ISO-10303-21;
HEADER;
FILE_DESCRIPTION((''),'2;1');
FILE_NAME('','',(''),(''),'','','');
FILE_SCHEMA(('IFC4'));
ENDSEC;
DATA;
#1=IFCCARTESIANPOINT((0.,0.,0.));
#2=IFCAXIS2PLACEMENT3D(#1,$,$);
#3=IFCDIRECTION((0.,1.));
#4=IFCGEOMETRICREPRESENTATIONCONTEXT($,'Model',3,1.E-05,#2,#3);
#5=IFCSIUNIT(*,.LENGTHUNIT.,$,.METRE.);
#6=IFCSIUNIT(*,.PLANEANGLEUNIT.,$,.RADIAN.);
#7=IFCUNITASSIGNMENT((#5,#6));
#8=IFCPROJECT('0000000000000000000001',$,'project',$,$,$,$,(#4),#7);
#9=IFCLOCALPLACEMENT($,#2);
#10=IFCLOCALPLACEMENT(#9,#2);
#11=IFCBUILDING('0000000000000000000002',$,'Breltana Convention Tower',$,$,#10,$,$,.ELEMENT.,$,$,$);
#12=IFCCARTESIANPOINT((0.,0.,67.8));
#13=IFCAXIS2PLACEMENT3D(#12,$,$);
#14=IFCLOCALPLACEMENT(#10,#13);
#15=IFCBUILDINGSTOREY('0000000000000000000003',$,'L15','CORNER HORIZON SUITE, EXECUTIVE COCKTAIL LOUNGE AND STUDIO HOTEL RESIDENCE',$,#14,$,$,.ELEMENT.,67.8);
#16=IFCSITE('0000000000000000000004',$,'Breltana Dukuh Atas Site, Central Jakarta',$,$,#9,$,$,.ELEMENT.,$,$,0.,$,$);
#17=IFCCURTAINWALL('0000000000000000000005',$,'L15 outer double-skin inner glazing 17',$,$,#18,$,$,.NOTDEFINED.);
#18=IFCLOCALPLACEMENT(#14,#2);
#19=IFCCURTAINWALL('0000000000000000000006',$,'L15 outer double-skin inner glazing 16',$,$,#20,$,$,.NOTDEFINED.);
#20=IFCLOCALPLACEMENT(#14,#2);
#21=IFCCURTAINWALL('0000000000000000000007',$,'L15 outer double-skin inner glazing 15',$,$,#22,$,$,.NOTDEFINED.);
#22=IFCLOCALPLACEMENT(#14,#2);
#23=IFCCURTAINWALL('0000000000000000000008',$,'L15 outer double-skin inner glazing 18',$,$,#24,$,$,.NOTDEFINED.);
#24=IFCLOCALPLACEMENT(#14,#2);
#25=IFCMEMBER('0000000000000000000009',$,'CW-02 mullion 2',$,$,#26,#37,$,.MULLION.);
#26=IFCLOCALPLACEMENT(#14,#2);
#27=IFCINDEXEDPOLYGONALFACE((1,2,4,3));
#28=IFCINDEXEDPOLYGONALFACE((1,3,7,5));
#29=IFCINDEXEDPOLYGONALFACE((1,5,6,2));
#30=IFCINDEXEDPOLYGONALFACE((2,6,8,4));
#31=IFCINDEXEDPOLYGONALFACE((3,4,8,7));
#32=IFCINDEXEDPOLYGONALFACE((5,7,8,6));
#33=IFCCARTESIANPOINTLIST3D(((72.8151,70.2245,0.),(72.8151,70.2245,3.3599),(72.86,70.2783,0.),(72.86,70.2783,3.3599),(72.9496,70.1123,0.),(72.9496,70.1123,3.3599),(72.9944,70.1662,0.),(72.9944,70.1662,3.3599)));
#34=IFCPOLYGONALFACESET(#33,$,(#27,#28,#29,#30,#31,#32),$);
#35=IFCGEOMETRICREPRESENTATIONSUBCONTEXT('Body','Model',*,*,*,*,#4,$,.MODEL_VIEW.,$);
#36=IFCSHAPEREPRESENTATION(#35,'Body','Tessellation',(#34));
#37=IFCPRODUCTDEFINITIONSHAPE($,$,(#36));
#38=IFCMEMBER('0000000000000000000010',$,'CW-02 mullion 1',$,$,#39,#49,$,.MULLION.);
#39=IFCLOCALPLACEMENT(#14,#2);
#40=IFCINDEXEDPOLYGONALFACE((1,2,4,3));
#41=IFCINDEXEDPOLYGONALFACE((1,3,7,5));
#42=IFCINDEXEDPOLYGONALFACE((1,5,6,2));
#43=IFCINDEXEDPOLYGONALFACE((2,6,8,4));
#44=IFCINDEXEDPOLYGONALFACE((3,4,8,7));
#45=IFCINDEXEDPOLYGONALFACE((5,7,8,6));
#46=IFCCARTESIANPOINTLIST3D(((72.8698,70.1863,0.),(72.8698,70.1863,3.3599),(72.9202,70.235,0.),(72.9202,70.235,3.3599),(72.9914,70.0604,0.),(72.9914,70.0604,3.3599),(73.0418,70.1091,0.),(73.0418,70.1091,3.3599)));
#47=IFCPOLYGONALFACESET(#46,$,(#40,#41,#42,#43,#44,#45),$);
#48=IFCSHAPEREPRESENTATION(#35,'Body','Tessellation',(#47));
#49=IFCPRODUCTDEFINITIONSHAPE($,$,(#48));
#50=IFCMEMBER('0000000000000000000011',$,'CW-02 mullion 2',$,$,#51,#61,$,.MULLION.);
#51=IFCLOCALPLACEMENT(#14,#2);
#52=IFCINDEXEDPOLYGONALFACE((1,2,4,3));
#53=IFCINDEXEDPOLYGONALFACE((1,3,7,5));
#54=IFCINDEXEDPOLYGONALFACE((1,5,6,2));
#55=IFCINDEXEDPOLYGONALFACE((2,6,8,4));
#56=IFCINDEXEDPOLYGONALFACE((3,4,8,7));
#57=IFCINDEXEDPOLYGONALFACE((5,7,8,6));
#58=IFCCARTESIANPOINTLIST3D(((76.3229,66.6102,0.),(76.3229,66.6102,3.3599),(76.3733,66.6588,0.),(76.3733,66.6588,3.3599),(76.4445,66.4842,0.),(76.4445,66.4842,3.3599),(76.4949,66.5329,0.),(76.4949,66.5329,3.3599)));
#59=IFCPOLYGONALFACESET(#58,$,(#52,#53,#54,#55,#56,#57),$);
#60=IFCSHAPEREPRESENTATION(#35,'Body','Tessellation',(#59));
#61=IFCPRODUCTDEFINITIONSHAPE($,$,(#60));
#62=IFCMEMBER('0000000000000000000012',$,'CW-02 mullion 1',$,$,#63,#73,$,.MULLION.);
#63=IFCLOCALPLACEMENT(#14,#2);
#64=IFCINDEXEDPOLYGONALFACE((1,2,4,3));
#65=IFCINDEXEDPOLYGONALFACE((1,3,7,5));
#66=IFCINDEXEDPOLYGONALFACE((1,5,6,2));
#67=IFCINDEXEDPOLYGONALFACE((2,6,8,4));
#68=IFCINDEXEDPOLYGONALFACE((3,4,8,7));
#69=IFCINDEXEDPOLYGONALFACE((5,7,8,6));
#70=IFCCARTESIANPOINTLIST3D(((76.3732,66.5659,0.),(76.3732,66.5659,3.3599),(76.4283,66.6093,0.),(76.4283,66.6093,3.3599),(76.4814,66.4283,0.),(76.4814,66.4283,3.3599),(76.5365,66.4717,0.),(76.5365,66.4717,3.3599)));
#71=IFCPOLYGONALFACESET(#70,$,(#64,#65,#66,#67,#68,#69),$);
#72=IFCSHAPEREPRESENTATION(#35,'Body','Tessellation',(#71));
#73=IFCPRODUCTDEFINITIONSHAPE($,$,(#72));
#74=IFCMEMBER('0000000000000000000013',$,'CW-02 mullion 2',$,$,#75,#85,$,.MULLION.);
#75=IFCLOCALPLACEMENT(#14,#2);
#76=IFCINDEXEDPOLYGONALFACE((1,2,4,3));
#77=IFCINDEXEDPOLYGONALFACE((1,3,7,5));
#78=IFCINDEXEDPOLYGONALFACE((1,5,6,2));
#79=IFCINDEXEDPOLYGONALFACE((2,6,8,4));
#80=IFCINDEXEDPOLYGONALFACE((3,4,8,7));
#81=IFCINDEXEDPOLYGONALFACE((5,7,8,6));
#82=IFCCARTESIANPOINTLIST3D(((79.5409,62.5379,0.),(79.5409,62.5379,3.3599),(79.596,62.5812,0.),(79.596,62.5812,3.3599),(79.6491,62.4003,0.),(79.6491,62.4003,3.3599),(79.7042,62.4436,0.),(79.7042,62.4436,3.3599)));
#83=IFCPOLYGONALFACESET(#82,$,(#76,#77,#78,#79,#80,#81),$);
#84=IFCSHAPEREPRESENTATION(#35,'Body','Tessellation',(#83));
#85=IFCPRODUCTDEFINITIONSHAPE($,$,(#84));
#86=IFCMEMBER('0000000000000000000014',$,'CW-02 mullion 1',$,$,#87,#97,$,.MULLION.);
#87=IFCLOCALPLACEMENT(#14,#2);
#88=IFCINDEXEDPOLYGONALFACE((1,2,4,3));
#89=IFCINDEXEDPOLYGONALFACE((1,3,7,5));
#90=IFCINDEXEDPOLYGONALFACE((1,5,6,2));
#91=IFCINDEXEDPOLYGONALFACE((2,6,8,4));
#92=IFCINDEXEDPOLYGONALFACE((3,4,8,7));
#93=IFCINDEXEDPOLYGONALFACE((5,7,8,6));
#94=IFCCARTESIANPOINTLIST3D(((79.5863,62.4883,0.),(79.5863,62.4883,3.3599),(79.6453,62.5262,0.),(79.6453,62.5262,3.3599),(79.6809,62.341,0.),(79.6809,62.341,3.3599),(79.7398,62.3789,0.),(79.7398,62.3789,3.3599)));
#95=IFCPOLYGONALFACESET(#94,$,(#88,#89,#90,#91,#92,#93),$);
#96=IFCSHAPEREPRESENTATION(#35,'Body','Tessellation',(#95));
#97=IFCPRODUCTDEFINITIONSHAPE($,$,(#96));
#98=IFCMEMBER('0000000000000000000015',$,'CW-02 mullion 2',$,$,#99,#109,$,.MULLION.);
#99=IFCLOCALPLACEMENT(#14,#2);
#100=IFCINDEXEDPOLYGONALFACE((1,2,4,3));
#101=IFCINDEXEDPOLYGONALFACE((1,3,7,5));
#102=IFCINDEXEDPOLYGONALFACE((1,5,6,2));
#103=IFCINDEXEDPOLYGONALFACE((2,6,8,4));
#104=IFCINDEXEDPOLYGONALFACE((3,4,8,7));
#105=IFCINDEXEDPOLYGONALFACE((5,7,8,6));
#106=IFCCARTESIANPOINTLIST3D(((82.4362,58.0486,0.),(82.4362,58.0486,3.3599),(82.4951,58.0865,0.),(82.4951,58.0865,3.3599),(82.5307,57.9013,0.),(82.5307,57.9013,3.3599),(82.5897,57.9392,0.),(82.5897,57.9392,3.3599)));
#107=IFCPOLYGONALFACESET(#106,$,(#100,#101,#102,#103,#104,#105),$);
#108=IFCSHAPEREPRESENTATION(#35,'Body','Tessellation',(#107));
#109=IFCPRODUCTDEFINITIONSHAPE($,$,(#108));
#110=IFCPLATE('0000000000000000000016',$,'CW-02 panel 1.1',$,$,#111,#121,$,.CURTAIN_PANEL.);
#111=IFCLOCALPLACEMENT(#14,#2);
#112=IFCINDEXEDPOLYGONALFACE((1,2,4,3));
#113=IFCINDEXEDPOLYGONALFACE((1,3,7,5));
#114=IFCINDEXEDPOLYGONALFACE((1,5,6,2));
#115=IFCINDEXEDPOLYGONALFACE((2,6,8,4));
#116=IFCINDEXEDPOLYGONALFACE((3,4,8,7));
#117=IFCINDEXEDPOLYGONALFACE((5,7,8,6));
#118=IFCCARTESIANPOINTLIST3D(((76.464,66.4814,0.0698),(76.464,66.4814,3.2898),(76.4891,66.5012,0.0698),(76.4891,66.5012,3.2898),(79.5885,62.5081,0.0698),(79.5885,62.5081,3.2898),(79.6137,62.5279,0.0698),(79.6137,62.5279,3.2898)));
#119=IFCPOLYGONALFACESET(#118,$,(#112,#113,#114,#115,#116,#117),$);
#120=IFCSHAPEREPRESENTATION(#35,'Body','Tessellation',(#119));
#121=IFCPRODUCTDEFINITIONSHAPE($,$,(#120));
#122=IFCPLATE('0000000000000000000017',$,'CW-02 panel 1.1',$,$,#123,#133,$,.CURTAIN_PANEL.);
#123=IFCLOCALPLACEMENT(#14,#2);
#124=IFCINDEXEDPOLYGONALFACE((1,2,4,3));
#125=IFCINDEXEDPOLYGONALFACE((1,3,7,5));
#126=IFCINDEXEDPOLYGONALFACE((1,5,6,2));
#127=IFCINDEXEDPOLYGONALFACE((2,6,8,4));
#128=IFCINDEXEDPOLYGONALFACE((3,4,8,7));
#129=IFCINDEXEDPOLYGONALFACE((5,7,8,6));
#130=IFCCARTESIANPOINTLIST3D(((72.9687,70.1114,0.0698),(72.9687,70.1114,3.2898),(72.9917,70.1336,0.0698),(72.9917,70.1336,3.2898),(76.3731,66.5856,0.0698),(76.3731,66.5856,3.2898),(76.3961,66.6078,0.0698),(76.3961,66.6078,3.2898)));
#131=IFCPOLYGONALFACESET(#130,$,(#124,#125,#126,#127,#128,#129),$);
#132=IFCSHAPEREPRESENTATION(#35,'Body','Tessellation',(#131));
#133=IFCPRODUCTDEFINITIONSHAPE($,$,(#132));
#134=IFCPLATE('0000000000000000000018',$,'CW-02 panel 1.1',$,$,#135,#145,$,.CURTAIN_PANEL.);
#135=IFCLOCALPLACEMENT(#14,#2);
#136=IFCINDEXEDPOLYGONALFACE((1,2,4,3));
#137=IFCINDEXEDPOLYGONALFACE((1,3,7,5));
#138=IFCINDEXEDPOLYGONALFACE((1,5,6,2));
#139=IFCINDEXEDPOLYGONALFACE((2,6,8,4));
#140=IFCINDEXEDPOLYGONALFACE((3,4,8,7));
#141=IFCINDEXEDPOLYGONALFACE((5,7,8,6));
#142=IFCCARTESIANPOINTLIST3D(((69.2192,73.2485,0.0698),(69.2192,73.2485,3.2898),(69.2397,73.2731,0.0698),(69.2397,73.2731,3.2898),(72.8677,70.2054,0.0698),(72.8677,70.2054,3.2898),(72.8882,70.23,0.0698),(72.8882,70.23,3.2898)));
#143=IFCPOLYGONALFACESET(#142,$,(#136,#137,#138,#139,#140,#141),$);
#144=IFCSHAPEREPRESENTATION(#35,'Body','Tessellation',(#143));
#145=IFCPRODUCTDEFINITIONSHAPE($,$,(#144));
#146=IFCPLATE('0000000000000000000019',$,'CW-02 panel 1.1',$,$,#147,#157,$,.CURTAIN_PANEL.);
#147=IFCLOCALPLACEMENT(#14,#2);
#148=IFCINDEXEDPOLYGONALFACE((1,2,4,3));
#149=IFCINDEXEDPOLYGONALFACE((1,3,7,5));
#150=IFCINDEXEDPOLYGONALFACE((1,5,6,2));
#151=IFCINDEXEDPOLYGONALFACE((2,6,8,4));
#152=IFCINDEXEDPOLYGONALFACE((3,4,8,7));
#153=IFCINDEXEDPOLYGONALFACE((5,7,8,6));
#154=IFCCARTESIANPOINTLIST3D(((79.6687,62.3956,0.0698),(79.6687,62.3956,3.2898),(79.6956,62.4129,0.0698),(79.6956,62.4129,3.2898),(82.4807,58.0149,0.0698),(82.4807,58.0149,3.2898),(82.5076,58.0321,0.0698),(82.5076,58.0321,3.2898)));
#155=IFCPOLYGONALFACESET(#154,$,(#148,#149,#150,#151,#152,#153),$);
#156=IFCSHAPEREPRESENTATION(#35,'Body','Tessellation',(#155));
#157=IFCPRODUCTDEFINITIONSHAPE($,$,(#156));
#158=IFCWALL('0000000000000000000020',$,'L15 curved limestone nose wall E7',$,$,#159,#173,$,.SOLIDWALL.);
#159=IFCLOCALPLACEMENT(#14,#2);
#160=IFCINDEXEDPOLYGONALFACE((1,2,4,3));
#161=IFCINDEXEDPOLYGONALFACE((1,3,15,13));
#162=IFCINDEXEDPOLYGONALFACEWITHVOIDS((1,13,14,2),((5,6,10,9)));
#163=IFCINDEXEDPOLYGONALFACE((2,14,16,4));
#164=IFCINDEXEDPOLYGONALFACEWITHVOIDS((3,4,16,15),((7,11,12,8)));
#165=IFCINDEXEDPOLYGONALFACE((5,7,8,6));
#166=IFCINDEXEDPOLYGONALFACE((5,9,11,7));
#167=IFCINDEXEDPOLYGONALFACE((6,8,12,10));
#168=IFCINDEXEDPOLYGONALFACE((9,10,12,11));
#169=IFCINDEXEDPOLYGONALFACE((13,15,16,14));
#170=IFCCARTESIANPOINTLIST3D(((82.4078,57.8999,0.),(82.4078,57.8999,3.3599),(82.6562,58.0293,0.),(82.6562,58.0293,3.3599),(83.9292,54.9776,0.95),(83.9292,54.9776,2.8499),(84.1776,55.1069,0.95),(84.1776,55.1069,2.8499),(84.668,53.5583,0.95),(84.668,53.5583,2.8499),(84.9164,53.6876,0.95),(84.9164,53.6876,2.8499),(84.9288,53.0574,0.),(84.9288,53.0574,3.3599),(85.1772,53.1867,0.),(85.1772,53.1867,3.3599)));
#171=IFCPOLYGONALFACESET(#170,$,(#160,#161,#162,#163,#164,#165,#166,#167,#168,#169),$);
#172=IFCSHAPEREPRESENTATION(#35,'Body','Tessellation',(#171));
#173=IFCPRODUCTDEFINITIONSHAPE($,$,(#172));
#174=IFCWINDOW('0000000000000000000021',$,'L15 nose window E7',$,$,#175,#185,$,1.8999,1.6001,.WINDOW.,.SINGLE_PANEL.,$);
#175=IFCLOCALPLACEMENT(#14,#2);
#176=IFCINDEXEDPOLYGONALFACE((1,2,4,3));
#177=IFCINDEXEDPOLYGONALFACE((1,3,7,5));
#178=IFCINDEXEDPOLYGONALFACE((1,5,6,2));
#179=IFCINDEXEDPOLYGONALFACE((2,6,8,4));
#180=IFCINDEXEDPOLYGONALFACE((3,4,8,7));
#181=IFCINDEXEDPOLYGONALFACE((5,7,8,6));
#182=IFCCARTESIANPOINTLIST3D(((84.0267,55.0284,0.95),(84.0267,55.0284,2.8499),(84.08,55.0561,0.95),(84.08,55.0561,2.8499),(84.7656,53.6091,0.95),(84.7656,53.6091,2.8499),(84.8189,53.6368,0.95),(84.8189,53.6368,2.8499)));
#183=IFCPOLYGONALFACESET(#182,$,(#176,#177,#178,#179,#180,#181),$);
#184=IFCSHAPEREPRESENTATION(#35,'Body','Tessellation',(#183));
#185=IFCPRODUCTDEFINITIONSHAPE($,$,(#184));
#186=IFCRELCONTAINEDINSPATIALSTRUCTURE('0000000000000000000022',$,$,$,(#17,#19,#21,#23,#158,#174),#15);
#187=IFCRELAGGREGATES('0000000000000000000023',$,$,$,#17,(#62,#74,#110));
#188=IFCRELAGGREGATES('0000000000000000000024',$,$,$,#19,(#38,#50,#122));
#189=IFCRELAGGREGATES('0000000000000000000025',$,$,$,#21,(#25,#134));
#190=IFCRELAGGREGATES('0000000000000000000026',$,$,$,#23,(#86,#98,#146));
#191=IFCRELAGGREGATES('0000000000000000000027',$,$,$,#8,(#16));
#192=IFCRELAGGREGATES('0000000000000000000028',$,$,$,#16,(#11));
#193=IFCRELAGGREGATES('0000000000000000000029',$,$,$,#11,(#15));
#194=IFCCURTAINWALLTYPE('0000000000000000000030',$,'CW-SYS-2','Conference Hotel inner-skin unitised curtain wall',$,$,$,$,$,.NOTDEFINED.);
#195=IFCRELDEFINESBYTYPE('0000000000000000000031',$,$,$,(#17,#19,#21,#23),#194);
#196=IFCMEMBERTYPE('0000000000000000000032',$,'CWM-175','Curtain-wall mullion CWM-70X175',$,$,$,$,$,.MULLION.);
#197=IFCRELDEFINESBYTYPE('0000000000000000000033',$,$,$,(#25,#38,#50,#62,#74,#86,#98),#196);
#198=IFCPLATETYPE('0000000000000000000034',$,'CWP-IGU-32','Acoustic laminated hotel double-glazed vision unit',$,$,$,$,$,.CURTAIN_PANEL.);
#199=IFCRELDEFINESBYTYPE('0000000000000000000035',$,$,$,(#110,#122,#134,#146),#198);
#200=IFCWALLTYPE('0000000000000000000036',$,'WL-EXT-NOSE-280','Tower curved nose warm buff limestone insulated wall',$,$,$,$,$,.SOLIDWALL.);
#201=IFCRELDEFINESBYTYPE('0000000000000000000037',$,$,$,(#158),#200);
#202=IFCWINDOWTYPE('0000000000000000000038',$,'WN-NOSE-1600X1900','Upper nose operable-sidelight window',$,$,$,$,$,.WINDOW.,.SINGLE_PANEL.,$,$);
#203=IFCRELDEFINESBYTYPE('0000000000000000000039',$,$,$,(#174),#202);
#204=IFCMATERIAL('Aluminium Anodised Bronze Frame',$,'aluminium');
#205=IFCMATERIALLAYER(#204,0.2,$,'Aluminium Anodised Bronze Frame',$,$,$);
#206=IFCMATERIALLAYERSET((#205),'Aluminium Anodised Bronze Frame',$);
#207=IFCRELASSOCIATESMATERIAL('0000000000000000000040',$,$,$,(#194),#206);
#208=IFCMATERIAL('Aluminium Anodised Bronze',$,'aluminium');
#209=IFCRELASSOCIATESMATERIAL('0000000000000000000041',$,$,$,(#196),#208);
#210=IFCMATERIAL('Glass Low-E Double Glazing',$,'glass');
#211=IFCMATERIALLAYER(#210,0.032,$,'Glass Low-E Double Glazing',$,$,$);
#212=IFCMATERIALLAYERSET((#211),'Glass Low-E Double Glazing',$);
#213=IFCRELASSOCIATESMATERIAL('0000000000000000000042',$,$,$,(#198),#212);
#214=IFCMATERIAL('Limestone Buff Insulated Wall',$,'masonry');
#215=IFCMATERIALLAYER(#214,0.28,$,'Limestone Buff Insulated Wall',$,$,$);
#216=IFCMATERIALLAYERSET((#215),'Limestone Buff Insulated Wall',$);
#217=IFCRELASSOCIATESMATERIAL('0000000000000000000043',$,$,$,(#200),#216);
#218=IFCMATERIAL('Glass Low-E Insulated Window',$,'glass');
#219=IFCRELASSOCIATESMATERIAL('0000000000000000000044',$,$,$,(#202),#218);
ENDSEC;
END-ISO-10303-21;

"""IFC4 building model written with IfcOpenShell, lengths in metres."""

from ifc_helpers import new_model, si_unit, direction, frame, frame_2d, origin, origin_2d, place, context, subcontext, project, spatial, rectangle, extrude, source, transform, mapped, material, layer, layer_set, material_profile, profile_set, type_object, type_shapes, element, fill, aggregate, save


model = new_model("IFC4")

# Units and contexts
model_context = context("Model", 3, precision=1e-05, world=origin(), true_north=direction((0.0, 1.0)))
body_context = subcontext(model_context, "Body", "Model", "MODEL_VIEW")
ifc_project = project(units=[si_unit("LENGTHUNIT", "METRE"), si_unit("PLANEANGLEUNIT", "RADIAN")], contexts=[model_context])

# Site, building, storey
site_placement = place(None, origin())
site = spatial("IfcSite", under=ifc_project, at=site_placement, Name="Breltana Dukuh Atas Site, Central Jakarta", CompositionType="ELEMENT", RefElevation=0.0)
building_placement = place(site_placement, origin())
building = spatial("IfcBuilding", under=site, at=building_placement, Name="Breltana Convention Tower", CompositionType="ELEMENT")
storey_placement = place(building_placement, frame((0.0, 0.0, 67.8)))
storey = spatial("IfcBuildingStorey", under=building, at=storey_placement, Name="L15", Description="CORNER HORIZON SUITE, EXECUTIVE COCKTAIL LOUNGE AND STUDIO HOTEL RESIDENCE", CompositionType="ELEMENT", Elevation=67.8)

# Curtain walls
ifc_material_1 = material(Name="Aluminium Anodised Bronze Frame", Category="aluminium")
ifc_layer_1 = layer(ifc_material_1, 0.2, Name="Aluminium Anodised Bronze Frame")
ifc_layer_set_1 = layer_set([ifc_layer_1], Name="Aluminium Anodised Bronze Frame")
curtain_wall_type = type_object("IfcCurtainWallType", Name="CW-SYS-2", Description="Conference Hotel inner-skin unitised curtain wall", PredefinedType="NOTDEFINED", material=ifc_layer_set_1)
curtain_wall_1_placement = place(storey_placement, origin())
curtain_wall_1 = element("IfcCurtainWall", 1, at=curtain_wall_1_placement, inside=storey, type_object=curtain_wall_type, Name="L15 outer double-skin inner glazing 17", PredefinedType="NOTDEFINED")
ifc_material_2 = material(Name="Aluminium Anodised Bronze", Category="aluminium")
curtain_wall_2_placement = place(storey_placement, origin())
curtain_wall_2 = element("IfcCurtainWall", 2, at=curtain_wall_2_placement, inside=storey, type_object=curtain_wall_type, Name="L15 outer double-skin inner glazing 16", PredefinedType="NOTDEFINED")
curtain_wall_3_placement = place(storey_placement, origin())
curtain_wall_3 = element("IfcCurtainWall", 3, at=curtain_wall_3_placement, inside=storey, type_object=curtain_wall_type, Name="L15 outer double-skin inner glazing 15", PredefinedType="NOTDEFINED")
curtain_wall_4_placement = place(storey_placement, origin())
curtain_wall_4 = element("IfcCurtainWall", 4, at=curtain_wall_4_placement, inside=storey, type_object=curtain_wall_type, Name="L15 outer double-skin inner glazing 18", PredefinedType="NOTDEFINED")

# Members
ifc_material_profile_1 = material_profile(ifc_material_2, rectangle(XDim=0.0701, YDim=0.175, at=origin_2d()), Name="CWM-70X175")
ifc_profile_set_1 = profile_set([ifc_material_profile_1], Name="Aluminium Anodised Bronze")
member_type_1 = type_object("IfcMemberType", Name="CWM-175", Description="Curtain-wall mullion CWM-70X175", PredefinedType="MULLION", material=ifc_profile_set_1)
shared_shape_1 = source(origin(), body_context, "Body", "SweptSolid", [
    extrude(rectangle(XDim=0.0701, YDim=0.175, at=origin_2d()), origin(), (0.0, 0.0, 1.0), 3.3599),
])
member_1_placement = place(storey_placement, frame((72.9048, 70.1953, 0.0), z_axis=(0.0, 0.0, 1.0), x_axis=(0.64052, 0.767941, 0.0)))
member_1 = element("IfcMember", 5, at=member_1_placement, type_object=member_type_1, Name="CW-02 mullion 2", PredefinedType="MULLION", context=body_context, shape_type="MappedRepresentation", body=[
    mapped(shared_shape_1, transform((0.0, 0.0, 0.0), scale=1.0)),
])
member_2_placement = place(storey_placement, frame((72.9558, 70.1477, 0.0), z_axis=(0.0, 0.0, 1.0), x_axis=(0.719386, 0.69461, 0.0)))
member_2 = element("IfcMember", 6, at=member_2_placement, type_object=member_type_1, Name="CW-02 mullion 1", PredefinedType="MULLION", context=body_context, shape_type="MappedRepresentation", body=[
    mapped(shared_shape_1, transform((0.0, 0.0, 0.0), scale=1.0)),
])
member_3_placement = place(storey_placement, frame((76.4089, 66.5715, 0.0), z_axis=(0.0, 0.0, 1.0), x_axis=(0.719386, 0.69461, 0.0)))
member_3 = element("IfcMember", 7, at=member_3_placement, type_object=member_type_1, Name="CW-02 mullion 2", PredefinedType="MULLION", context=body_context, shape_type="MappedRepresentation", body=[
    mapped(shared_shape_1, transform((0.0, 0.0, 0.0), scale=1.0)),
])
member_4_placement = place(storey_placement, frame((76.4548, 66.5188, 0.0), z_axis=(0.0, 0.0, 1.0), x_axis=(0.786057, 0.618154, 0.0)))
member_4 = element("IfcMember", 8, at=member_4_placement, type_object=member_type_1, Name="CW-02 mullion 1", PredefinedType="MULLION", context=body_context, shape_type="MappedRepresentation", body=[
    mapped(shared_shape_1, transform((0.0, 0.0, 0.0), scale=1.0)),
])
member_5_placement = place(storey_placement, frame((79.6226, 62.4907, 0.0), z_axis=(0.0, 0.0, 1.0), x_axis=(0.786057, 0.618154, 0.0)))
member_5 = element("IfcMember", 9, at=member_5_placement, type_object=member_type_1, Name="CW-02 mullion 2", PredefinedType="MULLION", context=body_context, shape_type="MappedRepresentation", body=[
    mapped(shared_shape_1, transform((0.0, 0.0, 0.0), scale=1.0)),
])
member_6_placement = place(storey_placement, frame((79.6631, 62.4336, 0.0), z_axis=(0.0, 0.0, 1.0), x_axis=(0.841549, 0.540181, 0.0)))
member_6 = element("IfcMember", 10, at=member_6_placement, type_object=member_type_1, Name="CW-02 mullion 1", PredefinedType="MULLION", context=body_context, shape_type="MappedRepresentation", body=[
    mapped(shared_shape_1, transform((0.0, 0.0, 0.0), scale=1.0)),
])
member_7_placement = place(storey_placement, frame((82.5129, 57.9939, 0.0), z_axis=(0.0, 0.0, 1.0), x_axis=(0.841549, 0.540181, 0.0)))
member_7 = element("IfcMember", 11, at=member_7_placement, type_object=member_type_1, Name="CW-02 mullion 2", PredefinedType="MULLION", context=body_context, shape_type="MappedRepresentation", body=[
    mapped(shared_shape_1, transform((0.0, 0.0, 0.0), scale=1.0)),
])

# Plates
ifc_material_3 = material(Name="Glass Low-E Double Glazing", Category="glass")
ifc_layer_2 = layer(ifc_material_3, 0.032, Name="Glass Low-E Double Glazing")
ifc_layer_set_2 = layer_set([ifc_layer_2], Name="Glass Low-E Double Glazing")
plate_type = type_object("IfcPlateType", Name="CWP-IGU-32", Description="Acoustic laminated hotel double-glazed vision unit", PredefinedType="CURTAIN_PANEL", material=ifc_layer_set_2)
shared_shape_2 = source(origin(), body_context, "Body", "SweptSolid", [
    extrude(rectangle(XDim=5.0547, YDim=0.032, at=origin_2d()), origin(), (0.0, 0.0, 1.0), 3.22),
])
plate_1_placement = place(storey_placement, frame((78.0388, 64.5046, 0.0698), z_axis=(0.0, 0.0, 1.0), x_axis=(0.618154, -0.786057, 0.0)))
plate_1 = element("IfcPlate", 12, at=plate_1_placement, type_object=plate_type, Name="CW-02 panel 1.1", PredefinedType="CURTAIN_PANEL", context=body_context, shape_type="MappedRepresentation", body=[
    mapped(shared_shape_2, transform((0.0, 0.0, 0.0), scale=1.0)),
])
aggregate(curtain_wall_1, [member_4, member_5, plate_1])
shared_shape_3 = source(origin(), body_context, "Body", "SweptSolid", [
    extrude(rectangle(XDim=4.9011, YDim=0.032, at=origin_2d()), origin(), (0.0, 0.0, 1.0), 3.22),
])
plate_2_placement = place(storey_placement, frame((74.6824, 68.3596, 0.0698), z_axis=(0.0, 0.0, 1.0), x_axis=(0.69461, -0.719386, 0.0)))
plate_2 = element("IfcPlate", 13, at=plate_2_placement, type_object=plate_type, Name="CW-02 panel 1.1", PredefinedType="CURTAIN_PANEL", context=body_context, shape_type="MappedRepresentation", body=[
    mapped(shared_shape_3, transform((0.0, 0.0, 0.0), scale=1.0)),
])
aggregate(curtain_wall_2, [member_2, member_3, plate_2])
shared_shape_4 = source(origin(), body_context, "Body", "SweptSolid", [
    extrude(rectangle(XDim=4.751, YDim=0.032, at=origin_2d()), origin(), (0.0, 0.0, 1.0), 3.22),
])
plate_3_placement = place(storey_placement, frame((71.0537, 71.7393, 0.0698), z_axis=(0.0, 0.0, 1.0), x_axis=(0.767941, -0.64052, 0.0)))
plate_3 = element("IfcPlate", 14, at=plate_3_placement, type_object=plate_type, Name="CW-02 panel 1.1", PredefinedType="CURTAIN_PANEL", context=body_context, shape_type="MappedRepresentation", body=[
    mapped(shared_shape_4, transform((0.0, 0.0, 0.0), scale=1.0)),
])
aggregate(curtain_wall_3, [member_1, plate_3])
shared_shape_5 = source(origin(), body_context, "Body", "SweptSolid", [
    extrude(rectangle(XDim=5.2056, YDim=0.032, at=origin_2d()), origin(), (0.0, 0.0, 1.0), 3.22),
])
plate_4_placement = place(storey_placement, frame((81.0881, 60.2139, 0.0698), z_axis=(0.0, 0.0, 1.0), x_axis=(0.540181, -0.841549, 0.0)))
plate_4 = element("IfcPlate", 15, at=plate_4_placement, type_object=plate_type, Name="CW-02 panel 1.1", PredefinedType="CURTAIN_PANEL", context=body_context, shape_type="MappedRepresentation", body=[
    mapped(shared_shape_5, transform((0.0, 0.0, 0.0), scale=1.0)),
])
aggregate(curtain_wall_4, [member_6, member_7, plate_4])

# Wall, opening, window
ifc_material_4 = material(Name="Limestone Buff Insulated Wall", Category="masonry")
ifc_layer_3 = layer(ifc_material_4, 0.28, Name="Limestone Buff Insulated Wall")
ifc_layer_set_3 = layer_set([ifc_layer_3], Name="Limestone Buff Insulated Wall")
wall_type = type_object("IfcWallType", Name="WL-EXT-NOSE-280", Description="Tower curved nose warm buff limestone insulated wall", PredefinedType="SOLIDWALL", material=ifc_layer_set_3)
shared_shape_6 = source(origin(), body_context, "Body", "SweptSolid", [
    extrude(rectangle(XDim=5.4595, YDim=0.28, at=frame_2d((2.7297, 0.0))), origin(), (0.0, 0.0, 1.0), 3.3599),
])
wall_placement = place(storey_placement, frame((82.532, 57.9646, 0.0), z_axis=(0.0, 0.0, 1.0), x_axis=(0.461768, -0.887001, 0.0)))
wall = element("IfcWall", 16, at=wall_placement, inside=storey, type_object=wall_type, Name="L15 curved limestone nose wall E7", PredefinedType="SOLIDWALL", context=body_context, shape_type="MappedRepresentation", body=[
    mapped(shared_shape_6, transform((0.0, 0.0, 0.0), scale=1.0)),
])
opening_placement = place(wall_placement, frame((3.2947, 0.0, 0.95)))
opening = element("IfcOpeningElement", 17, at=opening_placement, cuts=wall, PredefinedType="OPENING", context=body_context, shape_type="SweptSolid", body=[
    extrude(rectangle(XDim=1.6001, YDim=1.8999, at=frame_2d((0.8, 0.95))), frame((0.0, 0.1499, 0.0), z_axis=(0.0, -1.0, 0.0), x_axis=(1.0, 0.0, 0.0)), (0.0, 0.0, 1.0), 0.3),
])
ifc_material_5 = material(Name="Glass Low-E Insulated Window", Category="glass")
window_type = type_object("IfcWindowType", Name="WN-NOSE-1600X1900", Description="Upper nose operable-sidelight window", PartitioningType="SINGLE_PANEL", PredefinedType="WINDOW", material=ifc_material_5)
shared_shape_7 = source(origin(), body_context, "Body", "SweptSolid", [
    extrude(rectangle(XDim=1.6001, YDim=1.8999, at=frame_2d((0.8, 0.95))), frame((0.0, 0.03, 0.0), z_axis=(0.0, -1.0, 0.0), x_axis=(1.0, 0.0, 0.0)), (0.0, 0.0, 1.0), 0.0601),
])
type_shapes(window_type, [shared_shape_7])
window_placement = place(opening_placement, origin())
window = element("IfcWindow", 18, at=window_placement, inside=storey, type_object=window_type, Name="L15 nose window E7", OverallHeight=1.8999, OverallWidth=1.6001, PartitioningType="SINGLE_PANEL", PredefinedType="WINDOW", context=body_context, shape_type="MappedRepresentation", body=[
    mapped(shared_shape_7, transform((0.0, 0.0, 0.0), scale=1.0)),
])
fill(opening, window)

save(model, "model.ifc")
